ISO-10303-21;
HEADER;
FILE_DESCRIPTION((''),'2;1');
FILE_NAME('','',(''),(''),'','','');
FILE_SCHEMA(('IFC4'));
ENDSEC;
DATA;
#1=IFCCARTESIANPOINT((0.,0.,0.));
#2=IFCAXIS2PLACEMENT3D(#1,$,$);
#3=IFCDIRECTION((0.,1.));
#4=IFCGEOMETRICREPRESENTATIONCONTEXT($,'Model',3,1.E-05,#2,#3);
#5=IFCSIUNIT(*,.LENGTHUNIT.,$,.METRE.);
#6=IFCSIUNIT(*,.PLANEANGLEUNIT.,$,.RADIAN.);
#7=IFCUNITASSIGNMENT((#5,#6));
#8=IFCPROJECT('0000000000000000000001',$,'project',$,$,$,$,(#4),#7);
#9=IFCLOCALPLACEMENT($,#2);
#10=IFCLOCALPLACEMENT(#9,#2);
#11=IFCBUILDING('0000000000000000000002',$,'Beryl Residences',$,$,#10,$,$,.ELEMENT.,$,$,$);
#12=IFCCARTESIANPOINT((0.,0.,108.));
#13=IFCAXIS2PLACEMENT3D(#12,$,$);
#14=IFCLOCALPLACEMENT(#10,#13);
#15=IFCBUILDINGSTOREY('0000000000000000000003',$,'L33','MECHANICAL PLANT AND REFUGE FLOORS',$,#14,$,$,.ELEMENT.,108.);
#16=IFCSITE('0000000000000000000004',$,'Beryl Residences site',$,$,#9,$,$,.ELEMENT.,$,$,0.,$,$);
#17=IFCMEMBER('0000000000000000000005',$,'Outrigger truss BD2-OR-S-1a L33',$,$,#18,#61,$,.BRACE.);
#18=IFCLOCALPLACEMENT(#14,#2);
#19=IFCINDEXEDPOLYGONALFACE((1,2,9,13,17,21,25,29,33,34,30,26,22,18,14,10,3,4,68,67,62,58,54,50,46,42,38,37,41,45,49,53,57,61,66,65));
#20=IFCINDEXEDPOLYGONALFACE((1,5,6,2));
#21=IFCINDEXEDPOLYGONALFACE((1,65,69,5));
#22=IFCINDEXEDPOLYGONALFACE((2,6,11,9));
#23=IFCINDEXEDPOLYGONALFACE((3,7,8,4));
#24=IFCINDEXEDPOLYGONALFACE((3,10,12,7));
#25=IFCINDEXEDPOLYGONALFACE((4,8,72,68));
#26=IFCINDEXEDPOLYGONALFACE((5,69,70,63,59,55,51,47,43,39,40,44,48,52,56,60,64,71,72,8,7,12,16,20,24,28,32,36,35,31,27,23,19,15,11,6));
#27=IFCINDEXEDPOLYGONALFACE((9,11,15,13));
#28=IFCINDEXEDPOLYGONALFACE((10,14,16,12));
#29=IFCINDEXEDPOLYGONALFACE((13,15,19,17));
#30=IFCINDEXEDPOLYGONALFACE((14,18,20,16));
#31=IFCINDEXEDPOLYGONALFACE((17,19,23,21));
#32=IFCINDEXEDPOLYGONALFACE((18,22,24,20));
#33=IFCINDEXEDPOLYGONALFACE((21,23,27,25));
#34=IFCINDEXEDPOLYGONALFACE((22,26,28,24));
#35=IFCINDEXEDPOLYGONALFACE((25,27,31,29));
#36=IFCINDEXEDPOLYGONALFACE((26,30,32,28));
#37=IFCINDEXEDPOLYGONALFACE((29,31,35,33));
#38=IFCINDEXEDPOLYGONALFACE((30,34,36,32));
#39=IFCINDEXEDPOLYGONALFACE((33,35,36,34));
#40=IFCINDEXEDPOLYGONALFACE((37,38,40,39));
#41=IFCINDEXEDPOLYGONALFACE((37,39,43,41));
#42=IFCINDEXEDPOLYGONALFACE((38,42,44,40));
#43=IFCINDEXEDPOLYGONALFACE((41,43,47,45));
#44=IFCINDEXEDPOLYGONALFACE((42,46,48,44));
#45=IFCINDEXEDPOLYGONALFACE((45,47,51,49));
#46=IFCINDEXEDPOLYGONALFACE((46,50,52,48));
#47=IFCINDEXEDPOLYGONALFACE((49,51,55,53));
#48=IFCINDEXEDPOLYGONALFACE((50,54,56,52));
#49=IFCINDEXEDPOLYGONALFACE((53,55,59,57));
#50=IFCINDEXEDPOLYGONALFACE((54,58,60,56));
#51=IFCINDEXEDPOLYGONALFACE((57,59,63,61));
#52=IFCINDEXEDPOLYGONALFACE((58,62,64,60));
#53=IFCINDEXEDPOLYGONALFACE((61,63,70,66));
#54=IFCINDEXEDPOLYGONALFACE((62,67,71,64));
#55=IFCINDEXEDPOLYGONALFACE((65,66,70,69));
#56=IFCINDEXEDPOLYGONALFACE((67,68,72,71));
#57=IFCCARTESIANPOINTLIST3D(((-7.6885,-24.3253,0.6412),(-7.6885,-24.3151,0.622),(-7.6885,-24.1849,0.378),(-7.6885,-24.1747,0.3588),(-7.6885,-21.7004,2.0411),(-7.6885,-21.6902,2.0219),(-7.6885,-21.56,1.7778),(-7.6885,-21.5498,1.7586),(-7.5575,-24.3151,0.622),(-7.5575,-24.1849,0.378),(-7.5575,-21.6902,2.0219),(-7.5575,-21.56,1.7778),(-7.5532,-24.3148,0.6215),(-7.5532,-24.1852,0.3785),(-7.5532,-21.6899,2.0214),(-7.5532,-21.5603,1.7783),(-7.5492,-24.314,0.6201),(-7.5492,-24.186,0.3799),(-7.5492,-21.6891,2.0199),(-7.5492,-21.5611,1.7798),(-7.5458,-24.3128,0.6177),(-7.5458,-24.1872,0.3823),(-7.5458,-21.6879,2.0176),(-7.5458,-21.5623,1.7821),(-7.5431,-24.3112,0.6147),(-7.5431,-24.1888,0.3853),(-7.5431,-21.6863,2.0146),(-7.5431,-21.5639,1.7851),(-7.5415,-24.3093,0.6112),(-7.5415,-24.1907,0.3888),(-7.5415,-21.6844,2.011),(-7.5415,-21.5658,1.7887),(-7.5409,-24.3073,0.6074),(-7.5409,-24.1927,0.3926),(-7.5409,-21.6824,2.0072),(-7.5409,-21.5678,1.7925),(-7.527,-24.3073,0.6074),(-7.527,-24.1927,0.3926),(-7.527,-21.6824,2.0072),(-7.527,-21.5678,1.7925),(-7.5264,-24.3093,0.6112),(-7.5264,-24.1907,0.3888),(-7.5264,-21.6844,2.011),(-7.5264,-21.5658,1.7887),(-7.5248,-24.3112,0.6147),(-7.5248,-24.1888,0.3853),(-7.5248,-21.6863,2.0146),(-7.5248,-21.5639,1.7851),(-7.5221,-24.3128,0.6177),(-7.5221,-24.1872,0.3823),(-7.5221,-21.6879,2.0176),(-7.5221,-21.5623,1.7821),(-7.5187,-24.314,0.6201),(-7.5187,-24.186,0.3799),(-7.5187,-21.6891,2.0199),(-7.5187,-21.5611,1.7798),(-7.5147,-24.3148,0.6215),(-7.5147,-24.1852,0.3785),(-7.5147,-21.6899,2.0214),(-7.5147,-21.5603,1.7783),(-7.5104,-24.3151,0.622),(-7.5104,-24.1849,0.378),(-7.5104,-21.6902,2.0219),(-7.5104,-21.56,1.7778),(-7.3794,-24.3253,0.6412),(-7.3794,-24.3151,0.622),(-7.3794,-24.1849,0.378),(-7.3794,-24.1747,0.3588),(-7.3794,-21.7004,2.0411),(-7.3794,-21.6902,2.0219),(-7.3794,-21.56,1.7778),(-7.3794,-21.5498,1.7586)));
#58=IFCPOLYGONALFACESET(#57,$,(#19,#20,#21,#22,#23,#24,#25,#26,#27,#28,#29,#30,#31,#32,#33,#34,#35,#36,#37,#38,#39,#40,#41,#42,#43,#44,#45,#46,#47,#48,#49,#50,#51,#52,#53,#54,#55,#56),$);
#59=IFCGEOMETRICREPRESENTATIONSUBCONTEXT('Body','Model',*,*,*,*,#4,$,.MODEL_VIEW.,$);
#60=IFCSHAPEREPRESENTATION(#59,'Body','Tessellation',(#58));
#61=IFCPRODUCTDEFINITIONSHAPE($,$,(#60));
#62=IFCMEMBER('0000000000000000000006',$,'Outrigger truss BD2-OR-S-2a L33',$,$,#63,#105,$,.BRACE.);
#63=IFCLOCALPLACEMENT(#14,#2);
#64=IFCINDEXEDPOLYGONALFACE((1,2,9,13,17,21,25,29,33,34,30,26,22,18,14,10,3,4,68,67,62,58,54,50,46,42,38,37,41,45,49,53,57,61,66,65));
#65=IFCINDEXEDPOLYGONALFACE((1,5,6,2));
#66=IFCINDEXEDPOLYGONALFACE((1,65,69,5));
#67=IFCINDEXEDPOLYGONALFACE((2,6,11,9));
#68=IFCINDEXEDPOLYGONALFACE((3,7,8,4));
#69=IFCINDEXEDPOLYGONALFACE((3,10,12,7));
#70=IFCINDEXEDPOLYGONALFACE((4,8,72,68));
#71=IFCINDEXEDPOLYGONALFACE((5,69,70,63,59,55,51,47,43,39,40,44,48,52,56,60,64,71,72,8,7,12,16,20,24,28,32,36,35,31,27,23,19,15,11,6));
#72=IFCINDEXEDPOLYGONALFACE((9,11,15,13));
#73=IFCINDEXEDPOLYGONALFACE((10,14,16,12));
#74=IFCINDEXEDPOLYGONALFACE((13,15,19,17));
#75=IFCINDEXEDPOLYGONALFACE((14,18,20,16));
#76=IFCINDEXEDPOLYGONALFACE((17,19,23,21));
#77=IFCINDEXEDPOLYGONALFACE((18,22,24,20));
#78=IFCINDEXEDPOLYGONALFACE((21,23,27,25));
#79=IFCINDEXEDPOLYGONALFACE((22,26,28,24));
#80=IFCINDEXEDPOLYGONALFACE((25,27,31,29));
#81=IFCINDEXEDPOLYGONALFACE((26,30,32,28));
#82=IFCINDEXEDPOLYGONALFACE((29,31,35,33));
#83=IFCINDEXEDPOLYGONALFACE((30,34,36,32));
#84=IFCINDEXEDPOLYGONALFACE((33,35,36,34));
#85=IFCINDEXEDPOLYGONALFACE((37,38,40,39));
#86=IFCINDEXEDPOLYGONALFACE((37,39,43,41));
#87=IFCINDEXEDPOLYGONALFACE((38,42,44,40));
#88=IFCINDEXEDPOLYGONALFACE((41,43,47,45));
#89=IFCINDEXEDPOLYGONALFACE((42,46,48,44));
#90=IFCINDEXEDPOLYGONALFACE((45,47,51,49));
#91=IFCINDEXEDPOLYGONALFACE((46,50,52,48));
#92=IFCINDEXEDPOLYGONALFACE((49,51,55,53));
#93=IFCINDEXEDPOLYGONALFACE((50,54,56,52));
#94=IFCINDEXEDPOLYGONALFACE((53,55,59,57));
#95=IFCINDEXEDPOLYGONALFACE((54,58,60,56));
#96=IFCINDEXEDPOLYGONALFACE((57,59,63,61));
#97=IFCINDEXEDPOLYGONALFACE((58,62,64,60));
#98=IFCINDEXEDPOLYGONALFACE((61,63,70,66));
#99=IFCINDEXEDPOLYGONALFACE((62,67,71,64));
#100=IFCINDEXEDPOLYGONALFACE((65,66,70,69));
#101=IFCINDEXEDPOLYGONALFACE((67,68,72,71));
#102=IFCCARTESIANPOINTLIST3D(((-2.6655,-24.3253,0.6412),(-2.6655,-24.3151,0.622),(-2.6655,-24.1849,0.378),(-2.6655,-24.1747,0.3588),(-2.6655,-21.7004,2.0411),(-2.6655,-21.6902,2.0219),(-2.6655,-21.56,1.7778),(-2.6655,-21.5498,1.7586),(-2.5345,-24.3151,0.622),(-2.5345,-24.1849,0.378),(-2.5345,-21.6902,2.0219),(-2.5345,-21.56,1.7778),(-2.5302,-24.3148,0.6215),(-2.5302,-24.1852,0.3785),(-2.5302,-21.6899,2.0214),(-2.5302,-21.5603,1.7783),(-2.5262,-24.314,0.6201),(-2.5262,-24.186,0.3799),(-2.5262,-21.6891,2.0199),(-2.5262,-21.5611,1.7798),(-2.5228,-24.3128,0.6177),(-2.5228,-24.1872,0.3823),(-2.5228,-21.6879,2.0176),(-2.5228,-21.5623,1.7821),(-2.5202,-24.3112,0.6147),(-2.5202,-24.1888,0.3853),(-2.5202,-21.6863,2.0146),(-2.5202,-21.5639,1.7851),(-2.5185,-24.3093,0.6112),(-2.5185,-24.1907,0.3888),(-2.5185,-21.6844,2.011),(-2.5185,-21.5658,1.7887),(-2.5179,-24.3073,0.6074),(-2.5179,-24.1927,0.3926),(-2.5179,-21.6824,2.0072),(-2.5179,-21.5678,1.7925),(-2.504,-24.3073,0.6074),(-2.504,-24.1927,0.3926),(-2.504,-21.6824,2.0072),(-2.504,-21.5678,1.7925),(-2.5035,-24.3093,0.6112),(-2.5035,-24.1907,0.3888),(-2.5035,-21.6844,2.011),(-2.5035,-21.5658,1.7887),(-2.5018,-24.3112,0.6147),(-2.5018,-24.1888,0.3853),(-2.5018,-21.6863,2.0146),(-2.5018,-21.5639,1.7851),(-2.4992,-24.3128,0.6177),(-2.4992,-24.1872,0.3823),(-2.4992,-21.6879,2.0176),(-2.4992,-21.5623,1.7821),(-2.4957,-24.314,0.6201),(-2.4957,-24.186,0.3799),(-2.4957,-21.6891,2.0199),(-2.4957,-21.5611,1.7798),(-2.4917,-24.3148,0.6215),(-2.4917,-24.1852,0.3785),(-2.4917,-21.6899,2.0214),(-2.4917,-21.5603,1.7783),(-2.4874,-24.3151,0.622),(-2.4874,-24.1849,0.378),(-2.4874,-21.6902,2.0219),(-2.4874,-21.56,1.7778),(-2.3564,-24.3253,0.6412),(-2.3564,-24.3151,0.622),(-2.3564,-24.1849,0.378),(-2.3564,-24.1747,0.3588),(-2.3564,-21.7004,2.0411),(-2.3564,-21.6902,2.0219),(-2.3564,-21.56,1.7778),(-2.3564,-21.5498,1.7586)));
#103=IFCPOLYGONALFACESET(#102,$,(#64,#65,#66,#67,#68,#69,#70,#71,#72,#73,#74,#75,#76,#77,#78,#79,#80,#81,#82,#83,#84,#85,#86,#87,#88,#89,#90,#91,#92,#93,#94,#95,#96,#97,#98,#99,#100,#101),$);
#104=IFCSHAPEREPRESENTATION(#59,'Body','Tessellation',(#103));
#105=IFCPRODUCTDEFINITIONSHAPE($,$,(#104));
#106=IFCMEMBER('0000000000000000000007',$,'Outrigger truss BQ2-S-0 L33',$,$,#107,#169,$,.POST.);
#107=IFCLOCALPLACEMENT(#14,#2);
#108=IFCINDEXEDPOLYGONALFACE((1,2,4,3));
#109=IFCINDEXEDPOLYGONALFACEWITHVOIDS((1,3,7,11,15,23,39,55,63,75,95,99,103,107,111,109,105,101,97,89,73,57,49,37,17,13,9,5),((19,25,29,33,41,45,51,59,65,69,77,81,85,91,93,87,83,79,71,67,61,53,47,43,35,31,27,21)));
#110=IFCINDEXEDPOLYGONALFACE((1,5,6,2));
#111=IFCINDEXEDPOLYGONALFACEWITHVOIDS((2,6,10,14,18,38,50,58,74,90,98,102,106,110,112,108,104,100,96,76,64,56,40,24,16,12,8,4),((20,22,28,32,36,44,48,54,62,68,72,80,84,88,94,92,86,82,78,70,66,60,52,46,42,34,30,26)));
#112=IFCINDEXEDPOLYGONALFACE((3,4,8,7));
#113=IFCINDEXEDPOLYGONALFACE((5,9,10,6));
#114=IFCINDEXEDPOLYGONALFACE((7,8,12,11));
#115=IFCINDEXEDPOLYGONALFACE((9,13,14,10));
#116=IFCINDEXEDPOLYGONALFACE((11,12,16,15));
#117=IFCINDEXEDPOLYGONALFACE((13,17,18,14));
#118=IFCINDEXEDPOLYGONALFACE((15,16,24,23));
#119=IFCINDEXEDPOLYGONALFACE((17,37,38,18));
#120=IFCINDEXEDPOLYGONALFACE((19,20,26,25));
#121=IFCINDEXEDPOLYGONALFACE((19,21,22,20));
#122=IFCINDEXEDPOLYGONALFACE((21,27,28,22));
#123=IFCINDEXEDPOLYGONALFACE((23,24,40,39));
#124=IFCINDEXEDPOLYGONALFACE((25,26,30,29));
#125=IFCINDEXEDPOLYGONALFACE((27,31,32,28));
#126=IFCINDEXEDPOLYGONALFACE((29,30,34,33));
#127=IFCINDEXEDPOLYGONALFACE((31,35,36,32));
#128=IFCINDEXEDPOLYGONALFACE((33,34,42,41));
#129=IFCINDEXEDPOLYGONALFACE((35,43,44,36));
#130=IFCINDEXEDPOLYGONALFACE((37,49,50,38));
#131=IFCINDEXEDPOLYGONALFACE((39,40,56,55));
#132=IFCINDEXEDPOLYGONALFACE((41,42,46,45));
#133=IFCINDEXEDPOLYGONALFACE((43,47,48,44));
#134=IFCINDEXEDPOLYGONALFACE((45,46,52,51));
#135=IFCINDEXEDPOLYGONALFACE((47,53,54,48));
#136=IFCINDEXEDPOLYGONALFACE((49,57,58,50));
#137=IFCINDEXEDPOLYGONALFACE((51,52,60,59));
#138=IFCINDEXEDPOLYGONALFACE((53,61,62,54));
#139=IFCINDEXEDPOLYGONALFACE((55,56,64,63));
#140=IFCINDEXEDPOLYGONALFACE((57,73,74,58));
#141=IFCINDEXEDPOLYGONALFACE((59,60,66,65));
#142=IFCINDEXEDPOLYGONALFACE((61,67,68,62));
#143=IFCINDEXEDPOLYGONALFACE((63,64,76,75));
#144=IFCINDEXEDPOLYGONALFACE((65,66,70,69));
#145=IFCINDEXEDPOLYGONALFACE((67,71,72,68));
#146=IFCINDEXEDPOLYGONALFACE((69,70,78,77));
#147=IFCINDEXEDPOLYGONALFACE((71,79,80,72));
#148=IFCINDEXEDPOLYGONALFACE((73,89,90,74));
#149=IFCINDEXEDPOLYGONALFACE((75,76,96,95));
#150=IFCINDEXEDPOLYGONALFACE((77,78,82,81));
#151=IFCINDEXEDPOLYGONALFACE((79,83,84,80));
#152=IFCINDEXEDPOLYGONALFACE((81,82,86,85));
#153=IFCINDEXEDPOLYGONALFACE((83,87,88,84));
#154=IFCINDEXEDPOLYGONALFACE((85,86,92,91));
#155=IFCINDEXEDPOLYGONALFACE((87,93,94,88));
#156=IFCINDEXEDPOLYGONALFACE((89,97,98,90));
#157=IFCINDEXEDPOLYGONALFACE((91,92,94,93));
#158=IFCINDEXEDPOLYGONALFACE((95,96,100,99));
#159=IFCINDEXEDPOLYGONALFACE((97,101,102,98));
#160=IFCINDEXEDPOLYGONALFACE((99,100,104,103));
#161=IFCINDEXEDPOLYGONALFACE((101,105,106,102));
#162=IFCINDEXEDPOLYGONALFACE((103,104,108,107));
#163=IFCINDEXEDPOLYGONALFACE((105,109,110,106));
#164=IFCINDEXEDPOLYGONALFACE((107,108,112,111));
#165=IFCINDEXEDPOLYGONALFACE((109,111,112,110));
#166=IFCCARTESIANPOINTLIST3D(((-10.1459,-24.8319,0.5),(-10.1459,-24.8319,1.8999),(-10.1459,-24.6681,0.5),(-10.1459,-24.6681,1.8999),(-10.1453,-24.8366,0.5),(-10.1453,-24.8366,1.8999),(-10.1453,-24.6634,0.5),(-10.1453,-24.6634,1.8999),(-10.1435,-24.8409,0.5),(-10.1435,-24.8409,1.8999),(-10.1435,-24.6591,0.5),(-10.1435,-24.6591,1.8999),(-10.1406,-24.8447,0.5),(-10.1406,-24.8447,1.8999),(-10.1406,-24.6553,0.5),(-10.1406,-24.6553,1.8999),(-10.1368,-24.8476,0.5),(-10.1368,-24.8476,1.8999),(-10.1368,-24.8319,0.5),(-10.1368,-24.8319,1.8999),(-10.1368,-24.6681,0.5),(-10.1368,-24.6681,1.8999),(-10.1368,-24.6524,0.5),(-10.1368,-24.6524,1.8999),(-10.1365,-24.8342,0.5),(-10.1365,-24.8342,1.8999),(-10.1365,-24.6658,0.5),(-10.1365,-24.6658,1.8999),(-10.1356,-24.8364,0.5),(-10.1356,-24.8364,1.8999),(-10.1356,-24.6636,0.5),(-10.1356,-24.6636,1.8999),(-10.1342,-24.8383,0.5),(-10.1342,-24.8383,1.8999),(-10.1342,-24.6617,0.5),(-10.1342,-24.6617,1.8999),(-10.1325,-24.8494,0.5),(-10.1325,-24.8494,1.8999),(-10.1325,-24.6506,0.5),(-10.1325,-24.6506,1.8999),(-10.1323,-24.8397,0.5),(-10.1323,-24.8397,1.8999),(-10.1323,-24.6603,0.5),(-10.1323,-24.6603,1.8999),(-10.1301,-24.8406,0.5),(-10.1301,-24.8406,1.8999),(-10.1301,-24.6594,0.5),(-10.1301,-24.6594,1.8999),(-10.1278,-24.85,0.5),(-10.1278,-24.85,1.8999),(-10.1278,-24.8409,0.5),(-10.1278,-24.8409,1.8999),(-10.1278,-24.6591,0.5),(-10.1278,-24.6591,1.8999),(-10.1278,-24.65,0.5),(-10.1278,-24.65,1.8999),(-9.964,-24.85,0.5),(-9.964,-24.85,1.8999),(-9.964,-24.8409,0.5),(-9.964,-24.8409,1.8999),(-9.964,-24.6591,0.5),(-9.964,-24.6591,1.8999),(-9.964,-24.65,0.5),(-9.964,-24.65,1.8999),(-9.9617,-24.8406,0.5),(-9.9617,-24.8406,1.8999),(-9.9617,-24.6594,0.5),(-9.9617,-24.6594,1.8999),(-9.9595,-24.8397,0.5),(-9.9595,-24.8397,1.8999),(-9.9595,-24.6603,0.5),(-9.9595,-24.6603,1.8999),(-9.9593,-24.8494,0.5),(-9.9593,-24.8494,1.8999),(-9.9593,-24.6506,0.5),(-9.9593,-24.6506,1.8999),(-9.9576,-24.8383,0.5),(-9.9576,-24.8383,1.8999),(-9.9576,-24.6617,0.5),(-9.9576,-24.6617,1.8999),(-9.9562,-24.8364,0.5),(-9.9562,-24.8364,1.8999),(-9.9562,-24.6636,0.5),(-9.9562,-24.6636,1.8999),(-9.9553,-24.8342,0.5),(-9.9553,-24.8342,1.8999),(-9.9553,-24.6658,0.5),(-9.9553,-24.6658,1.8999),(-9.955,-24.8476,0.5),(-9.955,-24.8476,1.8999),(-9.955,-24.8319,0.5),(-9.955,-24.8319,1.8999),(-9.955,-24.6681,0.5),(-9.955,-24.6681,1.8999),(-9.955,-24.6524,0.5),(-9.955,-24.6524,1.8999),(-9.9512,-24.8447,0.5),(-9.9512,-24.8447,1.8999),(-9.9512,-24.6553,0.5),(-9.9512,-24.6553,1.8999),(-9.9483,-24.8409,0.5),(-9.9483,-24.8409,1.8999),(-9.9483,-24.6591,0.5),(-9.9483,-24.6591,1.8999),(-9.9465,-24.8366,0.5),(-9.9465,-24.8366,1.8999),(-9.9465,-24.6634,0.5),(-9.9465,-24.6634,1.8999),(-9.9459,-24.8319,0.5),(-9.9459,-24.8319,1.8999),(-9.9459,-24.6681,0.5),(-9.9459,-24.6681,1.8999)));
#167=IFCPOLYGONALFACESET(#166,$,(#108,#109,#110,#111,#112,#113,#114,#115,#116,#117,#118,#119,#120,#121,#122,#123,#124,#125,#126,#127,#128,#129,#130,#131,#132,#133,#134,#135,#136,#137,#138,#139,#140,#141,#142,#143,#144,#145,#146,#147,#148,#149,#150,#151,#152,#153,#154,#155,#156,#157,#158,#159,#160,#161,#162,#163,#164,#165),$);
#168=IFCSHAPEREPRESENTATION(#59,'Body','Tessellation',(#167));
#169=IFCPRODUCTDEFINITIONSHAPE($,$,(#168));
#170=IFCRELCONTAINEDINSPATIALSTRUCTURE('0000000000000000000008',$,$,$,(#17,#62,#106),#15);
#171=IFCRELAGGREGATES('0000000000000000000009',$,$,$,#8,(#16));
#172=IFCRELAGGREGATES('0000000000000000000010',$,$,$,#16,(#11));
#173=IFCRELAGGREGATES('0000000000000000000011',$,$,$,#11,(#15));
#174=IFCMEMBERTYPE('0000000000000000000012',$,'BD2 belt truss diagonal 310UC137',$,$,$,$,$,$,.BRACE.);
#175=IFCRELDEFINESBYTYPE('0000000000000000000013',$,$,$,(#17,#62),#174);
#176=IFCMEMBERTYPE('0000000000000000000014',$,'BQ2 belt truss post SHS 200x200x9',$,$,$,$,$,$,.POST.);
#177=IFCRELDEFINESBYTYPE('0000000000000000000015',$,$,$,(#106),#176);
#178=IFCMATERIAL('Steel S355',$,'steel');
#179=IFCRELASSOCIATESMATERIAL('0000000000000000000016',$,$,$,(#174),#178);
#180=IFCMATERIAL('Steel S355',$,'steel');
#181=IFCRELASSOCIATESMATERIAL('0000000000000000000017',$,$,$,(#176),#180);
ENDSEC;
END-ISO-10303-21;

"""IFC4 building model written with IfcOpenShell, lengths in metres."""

from ifc_helpers import new_model, si_unit, direction, frame, origin, origin_2d, place, context, subcontext, project, spatial, hollow_rectangle, i_section, extrude, material, material_profile, profile_set, type_object, element, save


model = new_model("IFC4")

# Units and contexts
model_context = context("Model", 3, precision=1e-05, world=origin(), true_north=direction((0.0, 1.0)))
body_context = subcontext(model_context, "Body", "Model", "MODEL_VIEW")
ifc_project = project(units=[si_unit("LENGTHUNIT", "METRE"), si_unit("PLANEANGLEUNIT", "RADIAN")], contexts=[model_context])

# Site, building, storey
site_placement = place(None, origin())
site = spatial("IfcSite", under=ifc_project, at=site_placement, Name="Beryl Residences site", CompositionType="ELEMENT", RefElevation=0.0)
building_placement = place(site_placement, origin())
building = spatial("IfcBuilding", under=site, at=building_placement, Name="Beryl Residences", CompositionType="ELEMENT")
storey_placement = place(building_placement, frame((0.0, 0.0, 108.0)))
storey = spatial("IfcBuildingStorey", under=building, at=storey_placement, Name="L33", Description="MECHANICAL PLANT AND REFUGE FLOORS", CompositionType="ELEMENT", Elevation=108.0)

# Members
ifc_material_1 = material(Name="Steel S355", Category="steel")
ifc_material_profile_1 = material_profile(ifc_material_1, i_section(OverallWidth=0.3091, OverallDepth=0.3201, WebThickness=0.0139, FlangeThickness=0.0217, FilletRadius=0.0166, at=origin_2d()))
ifc_profile_set_1 = profile_set([ifc_material_profile_1], Name="Steel S355")
member_type_1 = type_object("IfcMemberType", Name="BD2 belt truss diagonal 310UC137", PredefinedType="BRACE", material=ifc_profile_set_1)
for number, where, z_axis, x_axis, name in (
    (1, (-7.5339, -24.25, 0.5), (0.0, 0.882367, 0.470563), (-1.0, 0.0, 0.0), "Outrigger truss BD2-OR-S-1a L33"),
    (2, (-2.511, -24.25, 0.5), (0.0, 0.882367, 0.470563), (-1.0, 0.0, 0.0), "Outrigger truss BD2-OR-S-2a L33"),
):
    element("IfcMember", number, at=place(storey_placement, frame(where, z_axis=z_axis, x_axis=x_axis)), inside=storey, type_object=member_type_1, Name=name, PredefinedType="BRACE", context=body_context, shape_type="SweptSolid", body=[
        extrude(i_section(OverallWidth=0.3091, OverallDepth=0.3201, WebThickness=0.0139, FlangeThickness=0.0217, FilletRadius=0.0166, at=origin_2d()), origin(), (0.0, 0.0, 1.0), 2.9749),
    ])
ifc_material_2 = material(Name="Steel S355", Category="steel")
ifc_material_profile_2 = material_profile(ifc_material_2, hollow_rectangle(XDim=0.2, YDim=0.2, WallThickness=0.009, InnerFilletRadius=0.009, OuterFilletRadius=0.0181, at=origin_2d()))
ifc_profile_set_2 = profile_set([ifc_material_profile_2], Name="Steel S355")
member_type_2 = type_object("IfcMemberType", Name="BQ2 belt truss post SHS 200x200x9", PredefinedType="POST", material=ifc_profile_set_2)
for number, where, z_axis, x_axis, name in (
    (3, (-10.0459, -24.75, 0.5), (0.0, 0.0, 1.0), (1.0, 0.0, 0.0), "Outrigger truss BQ2-S-0 L33"),
):
    element("IfcMember", number, at=place(storey_placement, frame(where, z_axis=z_axis, x_axis=x_axis)), inside=storey, type_object=member_type_2, Name=name, PredefinedType="POST", context=body_context, shape_type="SweptSolid", body=[
        extrude(hollow_rectangle(XDim=0.2, YDim=0.2, WallThickness=0.009, InnerFilletRadius=0.009, OuterFilletRadius=0.0181, at=origin_2d()), origin(), (0.0, 0.0, 1.0), 1.3999),
    ])

save(model, "model.ifc")
